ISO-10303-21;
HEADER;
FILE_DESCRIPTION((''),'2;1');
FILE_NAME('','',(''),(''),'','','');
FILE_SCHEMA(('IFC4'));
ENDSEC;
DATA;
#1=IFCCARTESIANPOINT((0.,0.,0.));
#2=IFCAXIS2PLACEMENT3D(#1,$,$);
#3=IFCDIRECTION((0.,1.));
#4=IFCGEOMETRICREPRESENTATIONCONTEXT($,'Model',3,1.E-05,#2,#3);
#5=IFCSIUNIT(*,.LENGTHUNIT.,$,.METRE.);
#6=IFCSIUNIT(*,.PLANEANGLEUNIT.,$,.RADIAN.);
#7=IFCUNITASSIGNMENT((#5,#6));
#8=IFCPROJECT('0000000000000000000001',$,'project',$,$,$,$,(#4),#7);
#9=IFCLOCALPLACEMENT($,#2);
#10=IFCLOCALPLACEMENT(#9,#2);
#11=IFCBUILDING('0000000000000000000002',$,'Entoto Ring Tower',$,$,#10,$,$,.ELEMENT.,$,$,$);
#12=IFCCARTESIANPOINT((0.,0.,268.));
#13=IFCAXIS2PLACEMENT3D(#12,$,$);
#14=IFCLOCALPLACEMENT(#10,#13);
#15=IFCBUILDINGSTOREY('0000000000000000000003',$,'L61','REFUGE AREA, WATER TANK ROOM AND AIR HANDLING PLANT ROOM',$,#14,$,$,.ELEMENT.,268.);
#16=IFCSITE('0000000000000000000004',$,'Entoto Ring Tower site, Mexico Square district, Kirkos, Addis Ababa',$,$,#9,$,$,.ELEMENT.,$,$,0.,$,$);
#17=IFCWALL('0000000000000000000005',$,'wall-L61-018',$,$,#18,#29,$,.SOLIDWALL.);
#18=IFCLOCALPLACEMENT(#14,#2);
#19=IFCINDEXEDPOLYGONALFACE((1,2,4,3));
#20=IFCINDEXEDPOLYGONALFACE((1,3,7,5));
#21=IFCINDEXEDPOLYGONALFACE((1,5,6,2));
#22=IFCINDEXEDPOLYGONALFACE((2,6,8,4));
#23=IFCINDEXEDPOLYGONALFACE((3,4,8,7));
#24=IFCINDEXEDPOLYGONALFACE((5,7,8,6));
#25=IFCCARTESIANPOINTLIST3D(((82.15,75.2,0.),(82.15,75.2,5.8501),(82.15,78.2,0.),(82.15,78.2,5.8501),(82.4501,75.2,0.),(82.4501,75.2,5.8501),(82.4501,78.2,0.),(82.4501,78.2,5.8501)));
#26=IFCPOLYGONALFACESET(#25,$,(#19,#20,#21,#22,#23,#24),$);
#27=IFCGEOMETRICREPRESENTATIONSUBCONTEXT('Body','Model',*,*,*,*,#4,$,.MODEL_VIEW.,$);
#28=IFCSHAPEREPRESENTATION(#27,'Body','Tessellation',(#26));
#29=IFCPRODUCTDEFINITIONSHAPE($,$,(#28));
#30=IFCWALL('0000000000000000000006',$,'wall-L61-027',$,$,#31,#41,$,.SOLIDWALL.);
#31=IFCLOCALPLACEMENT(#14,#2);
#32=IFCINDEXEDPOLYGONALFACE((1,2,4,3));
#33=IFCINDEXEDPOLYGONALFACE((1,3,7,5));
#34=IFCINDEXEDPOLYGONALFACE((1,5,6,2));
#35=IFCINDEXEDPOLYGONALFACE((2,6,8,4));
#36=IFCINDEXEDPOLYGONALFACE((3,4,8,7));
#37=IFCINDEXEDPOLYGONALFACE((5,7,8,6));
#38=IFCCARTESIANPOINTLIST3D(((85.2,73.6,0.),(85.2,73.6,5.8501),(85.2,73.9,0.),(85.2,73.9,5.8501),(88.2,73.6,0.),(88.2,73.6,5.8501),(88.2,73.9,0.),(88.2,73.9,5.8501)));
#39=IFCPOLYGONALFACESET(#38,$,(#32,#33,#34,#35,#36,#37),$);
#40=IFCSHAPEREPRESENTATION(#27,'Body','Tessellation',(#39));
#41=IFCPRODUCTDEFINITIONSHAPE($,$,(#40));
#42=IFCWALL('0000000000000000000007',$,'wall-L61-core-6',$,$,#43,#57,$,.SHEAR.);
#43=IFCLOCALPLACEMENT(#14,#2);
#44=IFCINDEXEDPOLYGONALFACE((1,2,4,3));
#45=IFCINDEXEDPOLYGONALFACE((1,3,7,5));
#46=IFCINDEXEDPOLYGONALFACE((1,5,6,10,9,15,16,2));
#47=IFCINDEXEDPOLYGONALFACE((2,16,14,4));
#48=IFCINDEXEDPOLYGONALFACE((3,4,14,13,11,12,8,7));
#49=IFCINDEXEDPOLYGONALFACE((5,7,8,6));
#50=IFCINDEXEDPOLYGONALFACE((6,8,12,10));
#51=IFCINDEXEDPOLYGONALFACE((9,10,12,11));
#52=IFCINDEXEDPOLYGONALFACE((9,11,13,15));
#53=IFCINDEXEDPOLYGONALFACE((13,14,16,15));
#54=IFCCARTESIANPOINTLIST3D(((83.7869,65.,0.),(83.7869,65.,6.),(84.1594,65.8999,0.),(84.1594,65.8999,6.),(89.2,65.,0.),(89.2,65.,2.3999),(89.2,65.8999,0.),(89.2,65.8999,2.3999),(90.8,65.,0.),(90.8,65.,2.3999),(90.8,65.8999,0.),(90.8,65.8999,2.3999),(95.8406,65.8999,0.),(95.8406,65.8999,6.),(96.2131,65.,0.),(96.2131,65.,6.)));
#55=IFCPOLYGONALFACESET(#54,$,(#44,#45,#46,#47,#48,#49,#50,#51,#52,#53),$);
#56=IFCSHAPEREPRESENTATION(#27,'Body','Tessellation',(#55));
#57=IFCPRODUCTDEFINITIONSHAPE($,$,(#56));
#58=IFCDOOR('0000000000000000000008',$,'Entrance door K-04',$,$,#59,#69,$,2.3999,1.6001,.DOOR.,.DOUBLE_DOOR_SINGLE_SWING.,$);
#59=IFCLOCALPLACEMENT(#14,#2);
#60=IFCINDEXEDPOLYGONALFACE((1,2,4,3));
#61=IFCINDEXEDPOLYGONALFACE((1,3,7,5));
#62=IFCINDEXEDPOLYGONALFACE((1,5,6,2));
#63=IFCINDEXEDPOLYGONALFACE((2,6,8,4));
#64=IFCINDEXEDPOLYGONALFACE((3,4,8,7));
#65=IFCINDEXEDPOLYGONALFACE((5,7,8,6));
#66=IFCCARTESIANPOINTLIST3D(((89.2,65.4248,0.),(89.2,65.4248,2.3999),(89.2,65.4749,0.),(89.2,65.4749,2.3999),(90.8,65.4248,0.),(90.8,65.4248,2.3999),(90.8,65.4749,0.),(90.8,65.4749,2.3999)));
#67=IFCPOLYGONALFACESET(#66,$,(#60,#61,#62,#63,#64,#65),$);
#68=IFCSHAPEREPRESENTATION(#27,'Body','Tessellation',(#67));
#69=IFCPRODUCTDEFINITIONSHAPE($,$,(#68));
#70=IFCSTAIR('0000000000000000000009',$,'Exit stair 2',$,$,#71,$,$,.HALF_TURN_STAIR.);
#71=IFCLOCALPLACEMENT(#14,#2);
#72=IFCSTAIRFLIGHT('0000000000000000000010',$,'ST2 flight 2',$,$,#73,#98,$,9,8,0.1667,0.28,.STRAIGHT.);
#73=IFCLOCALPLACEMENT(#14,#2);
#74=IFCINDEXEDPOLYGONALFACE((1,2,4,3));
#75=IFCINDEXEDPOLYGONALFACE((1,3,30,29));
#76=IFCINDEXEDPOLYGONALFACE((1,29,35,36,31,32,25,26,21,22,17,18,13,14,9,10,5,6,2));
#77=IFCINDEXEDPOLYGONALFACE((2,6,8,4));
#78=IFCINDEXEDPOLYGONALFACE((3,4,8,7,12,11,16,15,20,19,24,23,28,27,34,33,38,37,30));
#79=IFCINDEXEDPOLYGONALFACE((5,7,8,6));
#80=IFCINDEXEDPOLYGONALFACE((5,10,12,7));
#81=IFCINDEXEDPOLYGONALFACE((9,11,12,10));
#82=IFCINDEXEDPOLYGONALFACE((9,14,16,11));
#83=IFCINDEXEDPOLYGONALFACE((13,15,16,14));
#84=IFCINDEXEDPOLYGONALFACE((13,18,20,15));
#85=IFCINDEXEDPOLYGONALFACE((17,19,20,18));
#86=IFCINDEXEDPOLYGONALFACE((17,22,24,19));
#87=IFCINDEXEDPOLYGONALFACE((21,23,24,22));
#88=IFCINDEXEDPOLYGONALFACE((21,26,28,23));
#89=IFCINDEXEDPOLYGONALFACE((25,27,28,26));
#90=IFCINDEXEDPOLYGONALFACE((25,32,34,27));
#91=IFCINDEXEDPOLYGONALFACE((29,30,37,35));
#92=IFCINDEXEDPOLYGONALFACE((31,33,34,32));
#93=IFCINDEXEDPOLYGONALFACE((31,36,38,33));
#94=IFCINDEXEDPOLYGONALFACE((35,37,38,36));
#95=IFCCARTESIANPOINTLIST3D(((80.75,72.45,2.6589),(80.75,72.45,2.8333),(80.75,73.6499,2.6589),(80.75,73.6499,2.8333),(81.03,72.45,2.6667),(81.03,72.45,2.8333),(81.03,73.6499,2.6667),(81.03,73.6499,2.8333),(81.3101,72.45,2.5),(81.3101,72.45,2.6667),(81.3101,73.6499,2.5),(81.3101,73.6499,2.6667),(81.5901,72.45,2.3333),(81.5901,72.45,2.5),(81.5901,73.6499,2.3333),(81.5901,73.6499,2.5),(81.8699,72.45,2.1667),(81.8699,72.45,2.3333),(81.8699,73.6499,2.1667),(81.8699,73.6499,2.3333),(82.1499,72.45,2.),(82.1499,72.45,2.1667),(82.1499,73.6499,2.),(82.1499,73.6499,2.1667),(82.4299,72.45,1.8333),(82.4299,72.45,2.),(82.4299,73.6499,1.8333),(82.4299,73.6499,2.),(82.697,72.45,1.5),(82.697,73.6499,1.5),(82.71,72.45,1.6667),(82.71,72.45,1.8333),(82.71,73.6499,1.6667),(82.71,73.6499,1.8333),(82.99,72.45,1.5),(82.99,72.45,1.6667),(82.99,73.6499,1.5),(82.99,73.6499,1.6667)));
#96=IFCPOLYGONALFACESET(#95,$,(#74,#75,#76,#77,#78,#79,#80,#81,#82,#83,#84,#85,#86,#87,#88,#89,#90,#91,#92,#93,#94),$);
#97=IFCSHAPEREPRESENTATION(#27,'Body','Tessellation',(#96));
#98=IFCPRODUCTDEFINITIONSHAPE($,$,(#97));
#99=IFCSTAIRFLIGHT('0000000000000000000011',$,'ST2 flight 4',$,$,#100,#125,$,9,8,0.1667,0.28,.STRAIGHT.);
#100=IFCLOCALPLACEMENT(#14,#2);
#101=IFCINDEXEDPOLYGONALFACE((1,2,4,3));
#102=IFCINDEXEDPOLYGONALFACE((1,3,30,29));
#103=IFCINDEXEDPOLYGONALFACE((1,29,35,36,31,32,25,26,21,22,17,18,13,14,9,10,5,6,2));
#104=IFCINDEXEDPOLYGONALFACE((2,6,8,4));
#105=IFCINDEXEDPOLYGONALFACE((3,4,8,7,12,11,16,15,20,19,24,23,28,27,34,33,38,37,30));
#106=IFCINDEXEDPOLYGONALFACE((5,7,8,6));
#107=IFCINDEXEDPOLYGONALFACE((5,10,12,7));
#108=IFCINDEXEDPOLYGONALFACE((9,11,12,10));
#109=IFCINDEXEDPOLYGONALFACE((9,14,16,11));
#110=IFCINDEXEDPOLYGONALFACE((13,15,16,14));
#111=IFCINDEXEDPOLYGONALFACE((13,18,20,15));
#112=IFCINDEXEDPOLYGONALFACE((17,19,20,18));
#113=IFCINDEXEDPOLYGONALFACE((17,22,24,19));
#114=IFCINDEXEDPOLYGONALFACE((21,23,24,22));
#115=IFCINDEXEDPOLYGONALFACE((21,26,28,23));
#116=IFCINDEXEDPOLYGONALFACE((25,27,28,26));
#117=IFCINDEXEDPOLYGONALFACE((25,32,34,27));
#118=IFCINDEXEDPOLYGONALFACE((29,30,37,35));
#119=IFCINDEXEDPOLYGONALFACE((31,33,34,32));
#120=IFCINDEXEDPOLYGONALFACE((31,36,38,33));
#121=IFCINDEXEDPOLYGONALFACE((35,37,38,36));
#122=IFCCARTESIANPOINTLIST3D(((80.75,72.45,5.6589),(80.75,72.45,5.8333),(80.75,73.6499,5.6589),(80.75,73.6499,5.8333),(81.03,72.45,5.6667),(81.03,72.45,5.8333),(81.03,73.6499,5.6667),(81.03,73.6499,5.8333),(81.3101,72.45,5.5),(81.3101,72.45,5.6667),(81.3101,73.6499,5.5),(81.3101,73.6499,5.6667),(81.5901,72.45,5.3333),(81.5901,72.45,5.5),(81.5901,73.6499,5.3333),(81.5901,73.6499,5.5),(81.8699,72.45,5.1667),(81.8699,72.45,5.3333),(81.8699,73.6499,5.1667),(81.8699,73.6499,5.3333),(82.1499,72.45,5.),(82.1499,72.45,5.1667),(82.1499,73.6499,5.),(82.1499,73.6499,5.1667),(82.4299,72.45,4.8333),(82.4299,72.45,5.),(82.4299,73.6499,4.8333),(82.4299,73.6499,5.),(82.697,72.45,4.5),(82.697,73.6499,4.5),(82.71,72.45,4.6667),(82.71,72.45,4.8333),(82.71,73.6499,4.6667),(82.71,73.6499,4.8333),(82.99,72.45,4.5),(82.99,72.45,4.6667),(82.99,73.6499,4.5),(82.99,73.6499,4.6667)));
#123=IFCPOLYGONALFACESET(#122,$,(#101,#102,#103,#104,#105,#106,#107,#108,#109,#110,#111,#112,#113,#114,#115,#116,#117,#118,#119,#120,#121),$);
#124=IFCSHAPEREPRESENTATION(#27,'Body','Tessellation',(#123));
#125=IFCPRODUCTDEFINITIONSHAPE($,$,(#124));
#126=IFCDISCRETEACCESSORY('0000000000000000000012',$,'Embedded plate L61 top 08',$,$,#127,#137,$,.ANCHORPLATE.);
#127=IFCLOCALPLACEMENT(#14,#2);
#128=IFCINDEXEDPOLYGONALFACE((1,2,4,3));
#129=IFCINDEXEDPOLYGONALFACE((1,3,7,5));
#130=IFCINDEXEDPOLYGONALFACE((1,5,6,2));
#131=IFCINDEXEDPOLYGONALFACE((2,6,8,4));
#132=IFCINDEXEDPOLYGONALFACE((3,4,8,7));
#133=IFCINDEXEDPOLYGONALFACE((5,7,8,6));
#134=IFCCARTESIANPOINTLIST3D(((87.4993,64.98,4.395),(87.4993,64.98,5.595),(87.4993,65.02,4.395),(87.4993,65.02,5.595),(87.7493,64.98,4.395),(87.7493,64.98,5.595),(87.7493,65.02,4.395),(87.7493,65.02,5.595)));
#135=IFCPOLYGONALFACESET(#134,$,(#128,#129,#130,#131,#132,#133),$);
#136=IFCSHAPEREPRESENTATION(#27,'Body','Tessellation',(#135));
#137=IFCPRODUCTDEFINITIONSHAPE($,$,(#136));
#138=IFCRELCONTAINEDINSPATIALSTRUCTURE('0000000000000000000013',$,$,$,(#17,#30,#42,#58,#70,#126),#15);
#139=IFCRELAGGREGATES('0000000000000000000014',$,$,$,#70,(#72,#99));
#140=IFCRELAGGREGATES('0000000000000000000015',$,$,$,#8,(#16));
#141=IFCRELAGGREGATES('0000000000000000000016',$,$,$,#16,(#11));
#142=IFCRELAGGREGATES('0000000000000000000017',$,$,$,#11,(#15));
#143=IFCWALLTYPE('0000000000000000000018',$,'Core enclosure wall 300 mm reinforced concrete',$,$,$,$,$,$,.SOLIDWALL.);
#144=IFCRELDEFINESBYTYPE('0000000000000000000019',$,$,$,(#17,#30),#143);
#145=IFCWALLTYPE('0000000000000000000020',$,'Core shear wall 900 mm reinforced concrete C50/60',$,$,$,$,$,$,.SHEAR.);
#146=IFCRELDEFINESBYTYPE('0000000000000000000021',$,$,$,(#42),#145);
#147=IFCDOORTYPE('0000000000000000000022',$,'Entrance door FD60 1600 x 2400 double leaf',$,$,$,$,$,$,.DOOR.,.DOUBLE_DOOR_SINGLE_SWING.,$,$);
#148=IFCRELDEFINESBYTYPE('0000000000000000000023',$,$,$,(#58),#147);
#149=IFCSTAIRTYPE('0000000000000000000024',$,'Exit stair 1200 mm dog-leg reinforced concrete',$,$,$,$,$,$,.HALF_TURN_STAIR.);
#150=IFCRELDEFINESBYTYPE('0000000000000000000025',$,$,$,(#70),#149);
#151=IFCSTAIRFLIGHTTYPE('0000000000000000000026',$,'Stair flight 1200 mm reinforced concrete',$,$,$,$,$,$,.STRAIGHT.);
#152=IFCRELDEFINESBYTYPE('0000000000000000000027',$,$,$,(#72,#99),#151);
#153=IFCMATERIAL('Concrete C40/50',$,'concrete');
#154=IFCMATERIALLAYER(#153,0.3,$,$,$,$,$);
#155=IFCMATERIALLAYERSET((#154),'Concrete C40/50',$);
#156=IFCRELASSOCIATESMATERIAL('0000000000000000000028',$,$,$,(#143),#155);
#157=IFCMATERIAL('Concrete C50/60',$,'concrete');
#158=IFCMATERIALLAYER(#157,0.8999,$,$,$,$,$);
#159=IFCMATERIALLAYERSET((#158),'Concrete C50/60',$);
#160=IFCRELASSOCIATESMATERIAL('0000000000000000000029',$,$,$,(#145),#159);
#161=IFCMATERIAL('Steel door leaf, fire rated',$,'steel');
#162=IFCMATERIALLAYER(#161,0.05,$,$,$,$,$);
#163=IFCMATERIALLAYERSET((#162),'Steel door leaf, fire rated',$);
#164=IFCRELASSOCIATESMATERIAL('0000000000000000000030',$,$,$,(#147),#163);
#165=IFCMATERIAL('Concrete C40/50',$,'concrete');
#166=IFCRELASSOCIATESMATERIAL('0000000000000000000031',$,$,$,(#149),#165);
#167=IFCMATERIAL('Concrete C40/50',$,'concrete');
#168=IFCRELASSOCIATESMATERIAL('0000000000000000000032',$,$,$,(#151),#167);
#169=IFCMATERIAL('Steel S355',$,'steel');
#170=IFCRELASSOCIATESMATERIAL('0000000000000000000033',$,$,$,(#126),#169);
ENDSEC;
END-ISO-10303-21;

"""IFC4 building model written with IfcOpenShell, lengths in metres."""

from ifc_helpers import new_model, si_unit, direction, frame, frame_2d, origin, origin_2d, place, context, subcontext, project, spatial, polyline, rectangle, outline, extrude, material, layer, layer_set, type_object, element, fill, aggregate, save


model = new_model("IFC4")

# Units and contexts
model_context = context("Model", 3, precision=1e-05, world=origin(), true_north=direction((0.0, 1.0)))
body_context = subcontext(model_context, "Body", "Model", "MODEL_VIEW")
ifc_project = project(units=[si_unit("LENGTHUNIT", "METRE"), si_unit("PLANEANGLEUNIT", "RADIAN")], contexts=[model_context])

# Site, building, storey
site_placement = place(None, origin())
site = spatial("IfcSite", under=ifc_project, at=site_placement, Name="Entoto Ring Tower site, Mexico Square district, Kirkos, Addis Ababa", CompositionType="ELEMENT", RefElevation=0.0)
building_placement = place(site_placement, origin())
building = spatial("IfcBuilding", under=site, at=building_placement, Name="Entoto Ring Tower", CompositionType="ELEMENT")
storey_placement = place(building_placement, frame((0.0, 0.0, 268.0)))
storey = spatial("IfcBuildingStorey", under=building, at=storey_placement, Name="L61", Description="REFUGE AREA, WATER TANK ROOM AND AIR HANDLING PLANT ROOM", CompositionType="ELEMENT", Elevation=268.0)

# Shared definitions
ifc_material_1 = material(Name="Concrete C40/50", Category="concrete")
ifc_layer_1 = layer(ifc_material_1, 0.3)
ifc_layer_set_1 = layer_set([ifc_layer_1], Name="Concrete C40/50")
wall_type_1 = type_object("IfcWallType", Name="Core enclosure wall 300 mm reinforced concrete", PredefinedType="SOLIDWALL", material=ifc_layer_set_1)

# Walls
for number, where, z_axis, x_axis, name in (
    (1, (82.3, 75.2, 0.0), (0.0, 0.0, 1.0), (0.0, 1.0, 0.0), "wall-L61-018"),
    (2, (85.2, 73.75, 0.0), (0.0, 0.0, 1.0), (1.0, 0.0, 0.0), "wall-L61-027"),
):
    element("IfcWall", number, at=place(storey_placement, frame(where, z_axis=z_axis, x_axis=x_axis)), inside=storey, type_object=wall_type_1, Name=name, PredefinedType="SOLIDWALL", context=body_context, shape_type="SweptSolid", body=[
        extrude(rectangle(XDim=3.0, YDim=0.3, at=frame_2d((1.5, 0.0))), origin(), (0.0, 0.0, 1.0), 5.8501),
    ])

# Wall, opening, door
ifc_material_2 = material(Name="Concrete C50/60", Category="concrete")
ifc_layer_2 = layer(ifc_material_2, 0.8999)
ifc_layer_set_2 = layer_set([ifc_layer_2], Name="Concrete C50/60")
wall_type_2 = type_object("IfcWallType", Name="Core shear wall 900 mm reinforced concrete C50/60", PredefinedType="SHEAR", material=ifc_layer_set_2)
wall_1_placement = place(storey_placement, frame((83.9731, 65.45, 0.0), z_axis=(0.0, 0.0, 1.0), x_axis=(1.0, 0.0, 0.0)))
wall_1 = element("IfcWall", 3, at=wall_1_placement, inside=storey, type_object=wall_type_2, Name="wall-L61-core-6", PredefinedType="SHEAR", context=body_context, shape_type="SweptSolid", body=[
    extrude(outline(polyline([(-0.1863, -0.45), (12.24, -0.45), (11.8674, 0.45), (0.1863, 0.45), (-0.1863, -0.45)])), origin(), (0.0, 0.0, 1.0), 6.0),
])
opening_1_placement = place(wall_1_placement, frame((5.2268, 0.0, 0.0)))
opening_1 = element("IfcOpeningElement", 4, at=opening_1_placement, cuts=wall_1, PredefinedType="OPENING", context=body_context, shape_type="SweptSolid", body=[
    extrude(rectangle(XDim=1.6001, YDim=2.3999, at=frame_2d((0.8, 1.2))), frame((0.0, 0.46, 0.0), z_axis=(0.0, -1.0, 0.0), x_axis=(1.0, 0.0, 0.0)), (0.0, 0.0, 1.0), 0.9199),
])
ifc_material_3 = material(Name="Steel door leaf, fire rated", Category="steel")
ifc_layer_3 = layer(ifc_material_3, 0.05)
ifc_layer_set_3 = layer_set([ifc_layer_3], Name="Steel door leaf, fire rated")
door_type_1 = type_object("IfcDoorType", Name="Entrance door FD60 1600 x 2400 double leaf", OperationType="DOUBLE_DOOR_SINGLE_SWING", PredefinedType="DOOR", material=ifc_layer_set_3)
door_1_placement = place(opening_1_placement, origin())
door_1 = element("IfcDoor", 5, at=door_1_placement, inside=storey, type_object=door_type_1, Name="Entrance door K-04", OperationType="DOUBLE_DOOR_SINGLE_SWING", OverallHeight=2.3999, OverallWidth=1.6001, PredefinedType="DOOR", context=body_context, shape_type="SweptSolid", body=[
    extrude(rectangle(XDim=1.6001, YDim=2.3999, at=frame_2d((0.8, 1.2))), frame((0.0, 0.0249, 0.0), z_axis=(0.0, -1.0, 0.0), x_axis=(1.0, 0.0, 0.0)), (0.0, 0.0, 1.0), 0.05),
])
fill(opening_1, door_1)

# Stair, stair flights
ifc_material_4 = material(Name="Concrete C40/50", Category="concrete")
stair_type = type_object("IfcStairType", Name="Exit stair 1200 mm dog-leg reinforced concrete", PredefinedType="HALF_TURN_STAIR", material=ifc_material_4)
stair_placement = place(storey_placement, origin())
stair = element("IfcStair", 6, at=stair_placement, inside=storey, type_object=stair_type, Name="Exit stair 2", PredefinedType="HALF_TURN_STAIR")
ifc_material_5 = material(Name="Concrete C40/50", Category="concrete")
stair_flight_type = type_object("IfcStairFlightType", Name="Stair flight 1200 mm reinforced concrete", PredefinedType="STRAIGHT", material=ifc_material_5)
stair_flight_1_placement = place(storey_placement, frame((82.99, 73.05, 1.5), z_axis=(0.0, 0.0, 1.0), x_axis=(-1.0, 0.0, 0.0)))
stair_flight_1 = element("IfcStairFlight", 7, at=stair_flight_1_placement, type_object=stair_flight_type, Name="ST2 flight 2", NumberOfRisers=9, NumberOfTreads=8, PredefinedType="STRAIGHT", RiserHeight=0.1667, TreadLength=0.28, context=body_context, shape_type="SweptSolid", body=[
    extrude(outline(polyline([(0.0, 0.0), (0.0, 0.1667), (0.28, 0.1667), (0.28, 0.3333), (0.5601, 0.3333), (0.5601, 0.5), (0.8401, 0.5), (0.8401, 0.6667), (1.1201, 0.6667), (1.1201, 0.8333), (1.3999, 0.8333), (1.3999, 1.0), (1.6799, 1.0), (1.6799, 1.1667), (1.96, 1.1667), (1.96, 1.3333), (2.24, 1.3333), (2.24, 1.5), (2.24, 1.1589), (0.293, 0.0), (0.0, 0.0)])), frame((0.0, 0.6001, 0.0), z_axis=(0.0, -1.0, 0.0), x_axis=(1.0, 0.0, 0.0)), (0.0, 0.0, 1.0), 1.2),
])
stair_flight_2_placement = place(storey_placement, frame((82.99, 73.05, 4.5), z_axis=(0.0, 0.0, 1.0), x_axis=(-1.0, 0.0, 0.0)))
stair_flight_2 = element("IfcStairFlight", 8, at=stair_flight_2_placement, type_object=stair_flight_type, Name="ST2 flight 4", NumberOfRisers=9, NumberOfTreads=8, PredefinedType="STRAIGHT", RiserHeight=0.1667, TreadLength=0.28, context=body_context, shape_type="SweptSolid", body=[
    extrude(outline(polyline([(0.0, 0.0), (0.0, 0.1667), (0.28, 0.1667), (0.28, 0.3333), (0.5601, 0.3333), (0.5601, 0.5), (0.8401, 0.5), (0.8401, 0.6667), (1.1201, 0.6667), (1.1201, 0.8333), (1.3999, 0.8333), (1.3999, 1.0), (1.6799, 1.0), (1.6799, 1.1667), (1.96, 1.1667), (1.96, 1.3333), (2.24, 1.3333), (2.24, 1.5), (2.24, 1.1589), (0.293, 0.0), (0.0, 0.0)])), frame((0.0, 0.6001, 0.0), z_axis=(0.0, -1.0, 0.0), x_axis=(1.0, 0.0, 0.0)), (0.0, 0.0, 1.0), 1.2),
])
aggregate(stair, [stair_flight_1, stair_flight_2])

# Discrete accessory
ifc_material_6 = material(Name="Steel S355", Category="steel")
discrete_accessory_placement = place(storey_placement, frame((87.6243, 65.0, 4.395), z_axis=(0.0, 0.0, 1.0), x_axis=(0.0, -1.0, 0.0)))
element("IfcDiscreteAccessory", 9, at=discrete_accessory_placement, inside=storey, material=ifc_material_6, Name="Embedded plate L61 top 08", PredefinedType="ANCHORPLATE", context=body_context, shape_type="SweptSolid", body=[
    extrude(rectangle(XDim=0.04, YDim=0.25, at=origin_2d()), origin(), (0.0, 0.0, 1.0), 1.2),
])

save(model, "model.ifc")
